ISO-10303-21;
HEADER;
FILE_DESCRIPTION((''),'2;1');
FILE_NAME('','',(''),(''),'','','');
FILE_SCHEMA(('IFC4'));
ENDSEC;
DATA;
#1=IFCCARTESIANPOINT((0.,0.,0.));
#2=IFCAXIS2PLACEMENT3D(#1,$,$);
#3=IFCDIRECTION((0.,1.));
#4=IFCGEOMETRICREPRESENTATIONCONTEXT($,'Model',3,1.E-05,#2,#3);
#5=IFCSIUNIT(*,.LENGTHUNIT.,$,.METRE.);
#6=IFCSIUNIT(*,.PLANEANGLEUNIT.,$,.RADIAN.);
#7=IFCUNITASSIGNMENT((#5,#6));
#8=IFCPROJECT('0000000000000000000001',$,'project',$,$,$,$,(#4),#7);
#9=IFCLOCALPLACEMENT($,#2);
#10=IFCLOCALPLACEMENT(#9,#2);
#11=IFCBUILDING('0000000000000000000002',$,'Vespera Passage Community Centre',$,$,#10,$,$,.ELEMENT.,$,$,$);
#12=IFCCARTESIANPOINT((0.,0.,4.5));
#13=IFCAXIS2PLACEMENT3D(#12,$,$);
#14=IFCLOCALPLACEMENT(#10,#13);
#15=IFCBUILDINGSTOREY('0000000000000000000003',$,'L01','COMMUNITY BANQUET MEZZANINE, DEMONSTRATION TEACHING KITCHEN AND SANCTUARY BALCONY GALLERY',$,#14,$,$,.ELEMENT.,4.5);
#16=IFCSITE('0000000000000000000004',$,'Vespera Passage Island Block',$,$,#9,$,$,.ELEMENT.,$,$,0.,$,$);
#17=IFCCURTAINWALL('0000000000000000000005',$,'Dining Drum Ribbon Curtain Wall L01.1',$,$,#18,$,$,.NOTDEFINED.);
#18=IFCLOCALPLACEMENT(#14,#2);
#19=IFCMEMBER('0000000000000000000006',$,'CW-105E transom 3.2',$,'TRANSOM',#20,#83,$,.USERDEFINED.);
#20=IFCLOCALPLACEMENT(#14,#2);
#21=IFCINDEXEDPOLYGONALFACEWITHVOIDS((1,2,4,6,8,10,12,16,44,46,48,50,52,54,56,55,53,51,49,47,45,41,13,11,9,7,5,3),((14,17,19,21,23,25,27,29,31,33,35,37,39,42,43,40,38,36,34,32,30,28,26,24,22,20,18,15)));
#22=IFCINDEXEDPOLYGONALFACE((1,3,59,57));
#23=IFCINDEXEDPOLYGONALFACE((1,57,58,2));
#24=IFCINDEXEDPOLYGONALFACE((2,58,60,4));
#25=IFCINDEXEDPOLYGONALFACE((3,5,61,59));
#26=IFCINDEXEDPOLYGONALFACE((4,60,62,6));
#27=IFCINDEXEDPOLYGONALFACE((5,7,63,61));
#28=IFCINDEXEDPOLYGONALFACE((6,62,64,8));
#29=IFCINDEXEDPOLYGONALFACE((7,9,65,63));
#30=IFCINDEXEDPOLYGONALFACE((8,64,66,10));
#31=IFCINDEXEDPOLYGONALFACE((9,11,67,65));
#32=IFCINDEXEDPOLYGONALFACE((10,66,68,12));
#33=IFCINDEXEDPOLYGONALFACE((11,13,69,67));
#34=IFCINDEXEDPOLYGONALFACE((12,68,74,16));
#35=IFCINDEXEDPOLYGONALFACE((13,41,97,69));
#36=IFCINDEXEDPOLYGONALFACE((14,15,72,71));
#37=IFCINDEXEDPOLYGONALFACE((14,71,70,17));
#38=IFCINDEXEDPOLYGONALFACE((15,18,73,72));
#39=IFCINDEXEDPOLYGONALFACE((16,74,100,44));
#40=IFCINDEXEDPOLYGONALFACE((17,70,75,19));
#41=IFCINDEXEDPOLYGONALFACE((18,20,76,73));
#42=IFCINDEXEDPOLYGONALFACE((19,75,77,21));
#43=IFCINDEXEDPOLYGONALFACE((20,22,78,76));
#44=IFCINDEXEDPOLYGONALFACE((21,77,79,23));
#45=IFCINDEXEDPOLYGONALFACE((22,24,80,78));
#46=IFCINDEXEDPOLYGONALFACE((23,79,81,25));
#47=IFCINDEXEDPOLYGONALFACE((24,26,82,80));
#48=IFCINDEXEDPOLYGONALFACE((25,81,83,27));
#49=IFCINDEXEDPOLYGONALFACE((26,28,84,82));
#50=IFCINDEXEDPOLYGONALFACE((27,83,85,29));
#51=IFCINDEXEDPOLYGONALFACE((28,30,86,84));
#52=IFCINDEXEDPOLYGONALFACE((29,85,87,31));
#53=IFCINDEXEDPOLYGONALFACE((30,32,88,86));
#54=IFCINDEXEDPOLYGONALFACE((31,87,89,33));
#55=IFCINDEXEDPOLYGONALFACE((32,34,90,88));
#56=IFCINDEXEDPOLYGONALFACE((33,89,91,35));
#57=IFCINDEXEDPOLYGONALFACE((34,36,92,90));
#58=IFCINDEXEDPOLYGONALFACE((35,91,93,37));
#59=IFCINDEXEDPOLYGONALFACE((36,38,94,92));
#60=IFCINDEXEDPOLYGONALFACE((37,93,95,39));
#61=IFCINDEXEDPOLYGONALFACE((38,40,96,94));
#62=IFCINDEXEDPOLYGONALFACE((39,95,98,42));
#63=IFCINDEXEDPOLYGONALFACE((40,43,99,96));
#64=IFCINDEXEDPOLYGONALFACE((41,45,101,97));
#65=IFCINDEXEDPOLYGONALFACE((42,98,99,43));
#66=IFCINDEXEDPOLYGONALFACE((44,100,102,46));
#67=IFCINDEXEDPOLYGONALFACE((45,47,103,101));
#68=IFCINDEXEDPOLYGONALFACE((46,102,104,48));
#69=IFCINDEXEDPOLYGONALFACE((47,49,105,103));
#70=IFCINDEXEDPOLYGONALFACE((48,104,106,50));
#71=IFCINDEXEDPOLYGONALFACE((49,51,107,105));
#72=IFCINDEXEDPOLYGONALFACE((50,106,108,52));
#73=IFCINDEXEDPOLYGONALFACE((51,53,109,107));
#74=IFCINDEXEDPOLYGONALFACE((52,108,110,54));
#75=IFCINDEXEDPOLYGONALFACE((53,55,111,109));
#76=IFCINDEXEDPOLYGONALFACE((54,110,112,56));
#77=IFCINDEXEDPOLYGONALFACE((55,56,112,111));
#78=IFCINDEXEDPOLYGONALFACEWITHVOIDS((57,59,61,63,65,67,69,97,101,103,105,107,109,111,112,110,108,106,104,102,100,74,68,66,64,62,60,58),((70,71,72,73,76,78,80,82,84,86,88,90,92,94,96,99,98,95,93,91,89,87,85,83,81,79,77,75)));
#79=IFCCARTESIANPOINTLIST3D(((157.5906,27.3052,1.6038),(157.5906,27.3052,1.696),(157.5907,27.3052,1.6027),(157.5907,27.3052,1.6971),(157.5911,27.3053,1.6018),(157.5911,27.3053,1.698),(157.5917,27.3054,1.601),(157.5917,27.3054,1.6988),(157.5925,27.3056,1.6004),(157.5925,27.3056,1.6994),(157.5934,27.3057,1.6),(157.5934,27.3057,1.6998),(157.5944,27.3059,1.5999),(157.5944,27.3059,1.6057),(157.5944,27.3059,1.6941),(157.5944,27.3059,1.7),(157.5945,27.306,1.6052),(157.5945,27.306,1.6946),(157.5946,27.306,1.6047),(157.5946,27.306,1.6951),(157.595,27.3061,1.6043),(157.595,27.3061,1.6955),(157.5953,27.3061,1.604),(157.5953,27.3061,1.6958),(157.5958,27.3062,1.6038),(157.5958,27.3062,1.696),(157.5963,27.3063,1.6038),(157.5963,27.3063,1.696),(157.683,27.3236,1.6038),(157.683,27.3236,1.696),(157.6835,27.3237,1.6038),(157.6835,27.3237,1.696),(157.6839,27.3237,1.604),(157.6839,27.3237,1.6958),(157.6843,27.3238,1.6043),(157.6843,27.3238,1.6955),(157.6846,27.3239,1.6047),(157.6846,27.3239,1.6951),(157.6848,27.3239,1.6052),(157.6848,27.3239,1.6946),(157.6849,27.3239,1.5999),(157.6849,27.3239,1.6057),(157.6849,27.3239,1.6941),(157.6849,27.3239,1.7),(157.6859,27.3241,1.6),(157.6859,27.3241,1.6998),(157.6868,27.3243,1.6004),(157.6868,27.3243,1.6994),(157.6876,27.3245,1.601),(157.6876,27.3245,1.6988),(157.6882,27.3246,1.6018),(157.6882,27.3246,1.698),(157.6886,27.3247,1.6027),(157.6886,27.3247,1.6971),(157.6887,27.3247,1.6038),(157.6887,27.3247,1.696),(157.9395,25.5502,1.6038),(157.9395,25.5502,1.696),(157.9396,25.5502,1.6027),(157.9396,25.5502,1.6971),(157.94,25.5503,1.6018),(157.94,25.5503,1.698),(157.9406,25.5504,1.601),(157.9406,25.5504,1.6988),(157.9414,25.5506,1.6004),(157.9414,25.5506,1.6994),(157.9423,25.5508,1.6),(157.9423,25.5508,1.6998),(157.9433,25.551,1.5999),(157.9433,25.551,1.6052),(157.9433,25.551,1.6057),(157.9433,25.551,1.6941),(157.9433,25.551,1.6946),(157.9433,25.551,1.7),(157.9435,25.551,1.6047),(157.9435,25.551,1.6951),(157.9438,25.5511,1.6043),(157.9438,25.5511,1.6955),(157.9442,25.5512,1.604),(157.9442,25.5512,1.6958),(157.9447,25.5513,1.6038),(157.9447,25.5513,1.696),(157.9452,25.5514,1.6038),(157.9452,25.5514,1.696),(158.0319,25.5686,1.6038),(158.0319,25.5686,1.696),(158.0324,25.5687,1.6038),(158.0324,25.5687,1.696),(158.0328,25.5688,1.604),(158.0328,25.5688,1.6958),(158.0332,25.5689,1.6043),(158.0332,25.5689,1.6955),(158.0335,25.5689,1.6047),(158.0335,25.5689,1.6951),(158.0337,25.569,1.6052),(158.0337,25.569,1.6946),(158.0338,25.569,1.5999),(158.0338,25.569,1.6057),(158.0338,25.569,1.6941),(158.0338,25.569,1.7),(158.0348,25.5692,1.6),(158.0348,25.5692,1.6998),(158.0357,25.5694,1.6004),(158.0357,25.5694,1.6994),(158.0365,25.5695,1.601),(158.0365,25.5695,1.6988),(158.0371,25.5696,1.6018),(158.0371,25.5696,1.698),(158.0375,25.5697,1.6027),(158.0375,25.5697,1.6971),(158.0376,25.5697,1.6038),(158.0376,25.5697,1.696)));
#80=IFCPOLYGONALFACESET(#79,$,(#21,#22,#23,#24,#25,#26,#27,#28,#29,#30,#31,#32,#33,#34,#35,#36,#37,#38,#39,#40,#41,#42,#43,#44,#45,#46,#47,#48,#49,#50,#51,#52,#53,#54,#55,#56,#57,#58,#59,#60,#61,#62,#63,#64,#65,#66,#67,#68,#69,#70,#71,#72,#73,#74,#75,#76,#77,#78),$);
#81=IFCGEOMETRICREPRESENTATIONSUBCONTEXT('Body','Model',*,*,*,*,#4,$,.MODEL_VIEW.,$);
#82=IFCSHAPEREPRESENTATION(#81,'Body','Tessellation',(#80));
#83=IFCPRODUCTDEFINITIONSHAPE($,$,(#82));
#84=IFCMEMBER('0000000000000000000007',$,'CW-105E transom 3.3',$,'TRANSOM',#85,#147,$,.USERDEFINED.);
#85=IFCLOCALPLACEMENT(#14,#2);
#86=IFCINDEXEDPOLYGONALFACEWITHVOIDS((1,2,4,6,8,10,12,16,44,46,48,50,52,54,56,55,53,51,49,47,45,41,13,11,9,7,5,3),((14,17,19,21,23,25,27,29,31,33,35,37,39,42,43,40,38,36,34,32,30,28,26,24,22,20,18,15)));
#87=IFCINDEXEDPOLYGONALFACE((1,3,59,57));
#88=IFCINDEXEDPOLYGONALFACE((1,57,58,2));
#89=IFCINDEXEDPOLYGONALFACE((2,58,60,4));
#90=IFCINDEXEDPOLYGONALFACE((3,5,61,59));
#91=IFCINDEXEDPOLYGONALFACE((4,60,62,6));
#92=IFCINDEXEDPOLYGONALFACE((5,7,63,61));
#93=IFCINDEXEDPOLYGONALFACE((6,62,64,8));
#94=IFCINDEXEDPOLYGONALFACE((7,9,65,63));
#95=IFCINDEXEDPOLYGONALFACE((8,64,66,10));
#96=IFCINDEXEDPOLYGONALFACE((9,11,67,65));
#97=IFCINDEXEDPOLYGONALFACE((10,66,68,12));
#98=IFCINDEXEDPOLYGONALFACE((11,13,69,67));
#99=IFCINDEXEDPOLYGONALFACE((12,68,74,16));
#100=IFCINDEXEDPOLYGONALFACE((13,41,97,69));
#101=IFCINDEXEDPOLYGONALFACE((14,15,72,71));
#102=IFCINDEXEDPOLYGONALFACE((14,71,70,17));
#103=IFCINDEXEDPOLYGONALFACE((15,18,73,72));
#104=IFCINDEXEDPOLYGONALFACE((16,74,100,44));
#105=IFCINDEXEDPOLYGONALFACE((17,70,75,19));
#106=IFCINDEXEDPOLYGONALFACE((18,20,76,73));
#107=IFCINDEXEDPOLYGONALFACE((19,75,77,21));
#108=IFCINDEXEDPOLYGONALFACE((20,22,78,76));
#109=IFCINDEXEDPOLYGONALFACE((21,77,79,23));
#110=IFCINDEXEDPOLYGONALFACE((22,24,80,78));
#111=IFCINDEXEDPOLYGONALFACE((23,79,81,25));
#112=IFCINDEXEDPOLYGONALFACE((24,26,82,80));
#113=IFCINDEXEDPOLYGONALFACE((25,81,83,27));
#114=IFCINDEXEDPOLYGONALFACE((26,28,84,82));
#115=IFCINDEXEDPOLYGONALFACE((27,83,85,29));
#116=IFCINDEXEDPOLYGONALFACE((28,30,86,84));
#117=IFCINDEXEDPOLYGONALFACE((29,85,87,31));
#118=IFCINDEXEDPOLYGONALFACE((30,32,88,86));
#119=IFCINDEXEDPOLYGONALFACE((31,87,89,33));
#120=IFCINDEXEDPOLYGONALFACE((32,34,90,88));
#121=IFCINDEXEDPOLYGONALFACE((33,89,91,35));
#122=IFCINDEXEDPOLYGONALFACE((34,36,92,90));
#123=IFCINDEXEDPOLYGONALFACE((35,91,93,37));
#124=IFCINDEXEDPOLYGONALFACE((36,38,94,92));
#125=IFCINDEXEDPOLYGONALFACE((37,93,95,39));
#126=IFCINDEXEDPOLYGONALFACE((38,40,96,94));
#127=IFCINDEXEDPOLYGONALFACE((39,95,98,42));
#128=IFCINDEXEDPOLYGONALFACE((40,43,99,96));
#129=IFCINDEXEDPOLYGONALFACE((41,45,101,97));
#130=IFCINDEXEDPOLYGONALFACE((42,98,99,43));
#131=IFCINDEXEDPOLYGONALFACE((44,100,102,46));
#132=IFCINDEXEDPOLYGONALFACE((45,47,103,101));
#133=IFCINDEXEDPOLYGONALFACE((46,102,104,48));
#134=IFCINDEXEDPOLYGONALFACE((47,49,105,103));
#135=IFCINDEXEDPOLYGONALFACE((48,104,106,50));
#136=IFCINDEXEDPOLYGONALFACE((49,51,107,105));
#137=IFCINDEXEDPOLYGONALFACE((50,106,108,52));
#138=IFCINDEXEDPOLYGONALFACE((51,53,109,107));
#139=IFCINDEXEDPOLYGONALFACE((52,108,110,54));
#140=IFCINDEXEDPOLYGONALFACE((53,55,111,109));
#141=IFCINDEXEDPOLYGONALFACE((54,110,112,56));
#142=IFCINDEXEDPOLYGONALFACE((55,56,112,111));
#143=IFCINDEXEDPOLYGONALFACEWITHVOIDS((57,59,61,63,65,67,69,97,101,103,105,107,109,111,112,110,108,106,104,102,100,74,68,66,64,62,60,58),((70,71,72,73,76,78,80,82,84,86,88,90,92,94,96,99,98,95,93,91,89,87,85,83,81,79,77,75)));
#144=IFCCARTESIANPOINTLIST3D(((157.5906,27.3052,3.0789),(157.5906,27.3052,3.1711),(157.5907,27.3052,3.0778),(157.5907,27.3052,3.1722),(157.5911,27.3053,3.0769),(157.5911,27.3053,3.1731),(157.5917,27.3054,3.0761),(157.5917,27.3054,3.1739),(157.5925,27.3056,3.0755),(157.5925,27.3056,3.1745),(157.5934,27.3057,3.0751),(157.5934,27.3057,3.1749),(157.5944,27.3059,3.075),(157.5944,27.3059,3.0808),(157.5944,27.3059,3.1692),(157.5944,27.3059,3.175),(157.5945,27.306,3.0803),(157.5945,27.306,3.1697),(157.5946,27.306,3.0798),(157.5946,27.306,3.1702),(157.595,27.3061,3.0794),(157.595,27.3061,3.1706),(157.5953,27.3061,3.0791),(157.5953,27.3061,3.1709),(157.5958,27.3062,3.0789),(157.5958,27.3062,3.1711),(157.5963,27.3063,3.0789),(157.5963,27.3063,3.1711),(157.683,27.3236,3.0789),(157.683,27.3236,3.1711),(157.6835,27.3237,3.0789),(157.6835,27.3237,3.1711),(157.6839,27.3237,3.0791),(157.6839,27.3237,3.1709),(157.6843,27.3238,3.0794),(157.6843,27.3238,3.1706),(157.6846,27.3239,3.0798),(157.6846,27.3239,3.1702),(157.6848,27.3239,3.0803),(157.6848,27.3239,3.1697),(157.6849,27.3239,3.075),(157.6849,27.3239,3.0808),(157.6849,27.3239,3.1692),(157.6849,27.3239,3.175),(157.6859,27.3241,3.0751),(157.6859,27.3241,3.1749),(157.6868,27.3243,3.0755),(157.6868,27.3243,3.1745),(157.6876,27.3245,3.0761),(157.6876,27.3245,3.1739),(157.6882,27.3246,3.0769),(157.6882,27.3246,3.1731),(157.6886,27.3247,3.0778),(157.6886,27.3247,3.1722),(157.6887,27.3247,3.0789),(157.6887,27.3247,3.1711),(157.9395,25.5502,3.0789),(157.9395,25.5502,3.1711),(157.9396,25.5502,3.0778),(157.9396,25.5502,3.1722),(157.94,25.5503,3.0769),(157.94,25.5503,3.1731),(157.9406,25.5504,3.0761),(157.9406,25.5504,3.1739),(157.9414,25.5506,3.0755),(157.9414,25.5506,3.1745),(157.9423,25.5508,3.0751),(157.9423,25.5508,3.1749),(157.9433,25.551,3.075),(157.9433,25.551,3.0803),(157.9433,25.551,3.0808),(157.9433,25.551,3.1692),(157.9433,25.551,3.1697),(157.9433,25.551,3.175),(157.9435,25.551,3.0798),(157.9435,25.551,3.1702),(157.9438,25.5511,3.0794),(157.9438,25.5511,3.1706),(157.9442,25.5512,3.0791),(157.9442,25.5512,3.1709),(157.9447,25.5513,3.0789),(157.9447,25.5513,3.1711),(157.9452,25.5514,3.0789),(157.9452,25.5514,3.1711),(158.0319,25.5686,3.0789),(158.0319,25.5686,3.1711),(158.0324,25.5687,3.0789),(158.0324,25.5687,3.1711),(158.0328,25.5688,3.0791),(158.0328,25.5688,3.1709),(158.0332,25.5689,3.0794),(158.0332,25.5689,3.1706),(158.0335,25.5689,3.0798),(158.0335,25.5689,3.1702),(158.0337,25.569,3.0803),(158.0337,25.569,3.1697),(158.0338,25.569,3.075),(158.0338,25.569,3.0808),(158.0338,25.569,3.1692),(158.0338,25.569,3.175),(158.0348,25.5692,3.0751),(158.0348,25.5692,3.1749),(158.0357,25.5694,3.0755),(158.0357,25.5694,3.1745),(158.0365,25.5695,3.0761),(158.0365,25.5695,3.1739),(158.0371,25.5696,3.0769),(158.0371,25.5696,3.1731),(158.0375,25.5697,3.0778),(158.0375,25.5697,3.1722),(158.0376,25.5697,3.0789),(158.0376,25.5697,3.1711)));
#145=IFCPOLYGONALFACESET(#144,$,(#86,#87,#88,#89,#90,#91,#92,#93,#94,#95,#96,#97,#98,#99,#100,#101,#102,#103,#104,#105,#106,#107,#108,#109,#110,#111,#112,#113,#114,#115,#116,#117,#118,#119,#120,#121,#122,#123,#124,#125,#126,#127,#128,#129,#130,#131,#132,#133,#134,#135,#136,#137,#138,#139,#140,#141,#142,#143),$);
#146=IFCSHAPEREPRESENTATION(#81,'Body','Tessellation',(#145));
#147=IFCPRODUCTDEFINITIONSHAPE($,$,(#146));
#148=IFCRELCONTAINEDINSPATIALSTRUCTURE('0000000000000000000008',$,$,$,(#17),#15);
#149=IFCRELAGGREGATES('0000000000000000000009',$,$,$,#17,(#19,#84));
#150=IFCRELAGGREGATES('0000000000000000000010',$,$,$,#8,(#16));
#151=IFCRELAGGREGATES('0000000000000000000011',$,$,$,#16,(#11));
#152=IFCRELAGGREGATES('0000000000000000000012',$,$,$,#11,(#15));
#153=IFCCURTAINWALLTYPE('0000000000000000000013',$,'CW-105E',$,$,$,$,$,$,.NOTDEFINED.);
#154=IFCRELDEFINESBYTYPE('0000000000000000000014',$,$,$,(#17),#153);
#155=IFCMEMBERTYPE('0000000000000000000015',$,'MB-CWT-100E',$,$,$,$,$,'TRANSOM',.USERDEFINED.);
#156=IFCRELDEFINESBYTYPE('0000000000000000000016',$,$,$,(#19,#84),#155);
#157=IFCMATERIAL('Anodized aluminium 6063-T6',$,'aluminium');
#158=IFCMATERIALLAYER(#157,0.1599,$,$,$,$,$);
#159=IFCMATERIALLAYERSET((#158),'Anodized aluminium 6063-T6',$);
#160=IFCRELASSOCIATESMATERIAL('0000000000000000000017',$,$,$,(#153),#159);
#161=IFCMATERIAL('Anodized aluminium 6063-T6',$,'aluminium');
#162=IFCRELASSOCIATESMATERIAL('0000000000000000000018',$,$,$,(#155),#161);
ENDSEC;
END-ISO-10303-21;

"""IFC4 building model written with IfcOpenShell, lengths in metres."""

from ifc_helpers import new_model, si_unit, direction, frame, origin, origin_2d, place, context, subcontext, project, spatial, hollow_rectangle, extrude, material, layer, layer_set, material_profile, profile_set, type_object, element, aggregate, save


model = new_model("IFC4")

# Units and contexts
model_context = context("Model", 3, precision=1e-05, world=origin(), true_north=direction((0.0, 1.0)))
body_context = subcontext(model_context, "Body", "Model", "MODEL_VIEW")
ifc_project = project(units=[si_unit("LENGTHUNIT", "METRE"), si_unit("PLANEANGLEUNIT", "RADIAN")], contexts=[model_context])

# Site, building, storey
site_placement = place(None, origin())
site = spatial("IfcSite", under=ifc_project, at=site_placement, Name="Vespera Passage Island Block", CompositionType="ELEMENT", RefElevation=0.0)
building_placement = place(site_placement, origin())
building = spatial("IfcBuilding", under=site, at=building_placement, Name="Vespera Passage Community Centre", CompositionType="ELEMENT")
storey_placement = place(building_placement, frame((0.0, 0.0, 4.5)))
storey = spatial("IfcBuildingStorey", under=building, at=storey_placement, Name="L01", Description="COMMUNITY BANQUET MEZZANINE, DEMONSTRATION TEACHING KITCHEN AND SANCTUARY BALCONY GALLERY", CompositionType="ELEMENT", Elevation=4.5)

# Curtain wall
ifc_material_1 = material(Name="Anodized aluminium 6063-T6", Category="aluminium")
ifc_layer_1 = layer(ifc_material_1, 0.1599)
ifc_layer_set_1 = layer_set([ifc_layer_1], Name="Anodized aluminium 6063-T6")
curtain_wall_type = type_object("IfcCurtainWallType", Name="CW-105E", PredefinedType="NOTDEFINED", material=ifc_layer_set_1)
curtain_wall_1_placement = place(storey_placement, origin())
curtain_wall_1 = element("IfcCurtainWall", 1, at=curtain_wall_1_placement, inside=storey, type_object=curtain_wall_type, Name="Dining Drum Ribbon Curtain Wall L01.1", PredefinedType="NOTDEFINED")

# Members
ifc_material_2 = material(Name="Anodized aluminium 6063-T6", Category="aluminium")
ifc_material_profile_1 = material_profile(ifc_material_2, hollow_rectangle(XDim=0.1001, YDim=0.1001, WallThickness=0.0039, InnerFilletRadius=0.002, OuterFilletRadius=0.0039, at=origin_2d()), Name="ALU100X100X4")
ifc_profile_set_1 = profile_set([ifc_material_profile_1], Name="Anodized aluminium 6063-T6")
member_type_1 = type_object("IfcMemberType", Name="MB-CWT-100E", ElementType="TRANSOM", PredefinedType="USERDEFINED", material=ifc_profile_set_1)
member_1_placement = place(storey_placement, frame((157.6396, 27.3149, 1.6499), z_axis=(0.194988, -0.980806, 0.0), x_axis=(0.980806, 0.194988, 0.0)))
member_1 = element("IfcMember", 2, at=member_1_placement, type_object=member_type_1, Name="CW-105E transom 3.2", ObjectType="TRANSOM", PredefinedType="USERDEFINED", context=body_context, shape_type="SweptSolid", body=[
    extrude(hollow_rectangle(XDim=0.1001, YDim=0.1001, WallThickness=0.0039, InnerFilletRadius=0.002, OuterFilletRadius=0.0039, at=origin_2d()), origin(), (0.0, 0.0, 1.0), 1.7893),
])
member_2_placement = place(storey_placement, frame((157.6396, 27.3149, 3.125), z_axis=(0.194988, -0.980806, 0.0), x_axis=(0.980806, 0.194988, 0.0)))
member_2 = element("IfcMember", 3, at=member_2_placement, type_object=member_type_1, Name="CW-105E transom 3.3", ObjectType="TRANSOM", PredefinedType="USERDEFINED", context=body_context, shape_type="SweptSolid", body=[
    extrude(hollow_rectangle(XDim=0.1001, YDim=0.1001, WallThickness=0.0039, InnerFilletRadius=0.002, OuterFilletRadius=0.0039, at=origin_2d()), origin(), (0.0, 0.0, 1.0), 1.7893),
])

aggregate(curtain_wall_1, [member_1, member_2])

save(model, "model.ifc")
